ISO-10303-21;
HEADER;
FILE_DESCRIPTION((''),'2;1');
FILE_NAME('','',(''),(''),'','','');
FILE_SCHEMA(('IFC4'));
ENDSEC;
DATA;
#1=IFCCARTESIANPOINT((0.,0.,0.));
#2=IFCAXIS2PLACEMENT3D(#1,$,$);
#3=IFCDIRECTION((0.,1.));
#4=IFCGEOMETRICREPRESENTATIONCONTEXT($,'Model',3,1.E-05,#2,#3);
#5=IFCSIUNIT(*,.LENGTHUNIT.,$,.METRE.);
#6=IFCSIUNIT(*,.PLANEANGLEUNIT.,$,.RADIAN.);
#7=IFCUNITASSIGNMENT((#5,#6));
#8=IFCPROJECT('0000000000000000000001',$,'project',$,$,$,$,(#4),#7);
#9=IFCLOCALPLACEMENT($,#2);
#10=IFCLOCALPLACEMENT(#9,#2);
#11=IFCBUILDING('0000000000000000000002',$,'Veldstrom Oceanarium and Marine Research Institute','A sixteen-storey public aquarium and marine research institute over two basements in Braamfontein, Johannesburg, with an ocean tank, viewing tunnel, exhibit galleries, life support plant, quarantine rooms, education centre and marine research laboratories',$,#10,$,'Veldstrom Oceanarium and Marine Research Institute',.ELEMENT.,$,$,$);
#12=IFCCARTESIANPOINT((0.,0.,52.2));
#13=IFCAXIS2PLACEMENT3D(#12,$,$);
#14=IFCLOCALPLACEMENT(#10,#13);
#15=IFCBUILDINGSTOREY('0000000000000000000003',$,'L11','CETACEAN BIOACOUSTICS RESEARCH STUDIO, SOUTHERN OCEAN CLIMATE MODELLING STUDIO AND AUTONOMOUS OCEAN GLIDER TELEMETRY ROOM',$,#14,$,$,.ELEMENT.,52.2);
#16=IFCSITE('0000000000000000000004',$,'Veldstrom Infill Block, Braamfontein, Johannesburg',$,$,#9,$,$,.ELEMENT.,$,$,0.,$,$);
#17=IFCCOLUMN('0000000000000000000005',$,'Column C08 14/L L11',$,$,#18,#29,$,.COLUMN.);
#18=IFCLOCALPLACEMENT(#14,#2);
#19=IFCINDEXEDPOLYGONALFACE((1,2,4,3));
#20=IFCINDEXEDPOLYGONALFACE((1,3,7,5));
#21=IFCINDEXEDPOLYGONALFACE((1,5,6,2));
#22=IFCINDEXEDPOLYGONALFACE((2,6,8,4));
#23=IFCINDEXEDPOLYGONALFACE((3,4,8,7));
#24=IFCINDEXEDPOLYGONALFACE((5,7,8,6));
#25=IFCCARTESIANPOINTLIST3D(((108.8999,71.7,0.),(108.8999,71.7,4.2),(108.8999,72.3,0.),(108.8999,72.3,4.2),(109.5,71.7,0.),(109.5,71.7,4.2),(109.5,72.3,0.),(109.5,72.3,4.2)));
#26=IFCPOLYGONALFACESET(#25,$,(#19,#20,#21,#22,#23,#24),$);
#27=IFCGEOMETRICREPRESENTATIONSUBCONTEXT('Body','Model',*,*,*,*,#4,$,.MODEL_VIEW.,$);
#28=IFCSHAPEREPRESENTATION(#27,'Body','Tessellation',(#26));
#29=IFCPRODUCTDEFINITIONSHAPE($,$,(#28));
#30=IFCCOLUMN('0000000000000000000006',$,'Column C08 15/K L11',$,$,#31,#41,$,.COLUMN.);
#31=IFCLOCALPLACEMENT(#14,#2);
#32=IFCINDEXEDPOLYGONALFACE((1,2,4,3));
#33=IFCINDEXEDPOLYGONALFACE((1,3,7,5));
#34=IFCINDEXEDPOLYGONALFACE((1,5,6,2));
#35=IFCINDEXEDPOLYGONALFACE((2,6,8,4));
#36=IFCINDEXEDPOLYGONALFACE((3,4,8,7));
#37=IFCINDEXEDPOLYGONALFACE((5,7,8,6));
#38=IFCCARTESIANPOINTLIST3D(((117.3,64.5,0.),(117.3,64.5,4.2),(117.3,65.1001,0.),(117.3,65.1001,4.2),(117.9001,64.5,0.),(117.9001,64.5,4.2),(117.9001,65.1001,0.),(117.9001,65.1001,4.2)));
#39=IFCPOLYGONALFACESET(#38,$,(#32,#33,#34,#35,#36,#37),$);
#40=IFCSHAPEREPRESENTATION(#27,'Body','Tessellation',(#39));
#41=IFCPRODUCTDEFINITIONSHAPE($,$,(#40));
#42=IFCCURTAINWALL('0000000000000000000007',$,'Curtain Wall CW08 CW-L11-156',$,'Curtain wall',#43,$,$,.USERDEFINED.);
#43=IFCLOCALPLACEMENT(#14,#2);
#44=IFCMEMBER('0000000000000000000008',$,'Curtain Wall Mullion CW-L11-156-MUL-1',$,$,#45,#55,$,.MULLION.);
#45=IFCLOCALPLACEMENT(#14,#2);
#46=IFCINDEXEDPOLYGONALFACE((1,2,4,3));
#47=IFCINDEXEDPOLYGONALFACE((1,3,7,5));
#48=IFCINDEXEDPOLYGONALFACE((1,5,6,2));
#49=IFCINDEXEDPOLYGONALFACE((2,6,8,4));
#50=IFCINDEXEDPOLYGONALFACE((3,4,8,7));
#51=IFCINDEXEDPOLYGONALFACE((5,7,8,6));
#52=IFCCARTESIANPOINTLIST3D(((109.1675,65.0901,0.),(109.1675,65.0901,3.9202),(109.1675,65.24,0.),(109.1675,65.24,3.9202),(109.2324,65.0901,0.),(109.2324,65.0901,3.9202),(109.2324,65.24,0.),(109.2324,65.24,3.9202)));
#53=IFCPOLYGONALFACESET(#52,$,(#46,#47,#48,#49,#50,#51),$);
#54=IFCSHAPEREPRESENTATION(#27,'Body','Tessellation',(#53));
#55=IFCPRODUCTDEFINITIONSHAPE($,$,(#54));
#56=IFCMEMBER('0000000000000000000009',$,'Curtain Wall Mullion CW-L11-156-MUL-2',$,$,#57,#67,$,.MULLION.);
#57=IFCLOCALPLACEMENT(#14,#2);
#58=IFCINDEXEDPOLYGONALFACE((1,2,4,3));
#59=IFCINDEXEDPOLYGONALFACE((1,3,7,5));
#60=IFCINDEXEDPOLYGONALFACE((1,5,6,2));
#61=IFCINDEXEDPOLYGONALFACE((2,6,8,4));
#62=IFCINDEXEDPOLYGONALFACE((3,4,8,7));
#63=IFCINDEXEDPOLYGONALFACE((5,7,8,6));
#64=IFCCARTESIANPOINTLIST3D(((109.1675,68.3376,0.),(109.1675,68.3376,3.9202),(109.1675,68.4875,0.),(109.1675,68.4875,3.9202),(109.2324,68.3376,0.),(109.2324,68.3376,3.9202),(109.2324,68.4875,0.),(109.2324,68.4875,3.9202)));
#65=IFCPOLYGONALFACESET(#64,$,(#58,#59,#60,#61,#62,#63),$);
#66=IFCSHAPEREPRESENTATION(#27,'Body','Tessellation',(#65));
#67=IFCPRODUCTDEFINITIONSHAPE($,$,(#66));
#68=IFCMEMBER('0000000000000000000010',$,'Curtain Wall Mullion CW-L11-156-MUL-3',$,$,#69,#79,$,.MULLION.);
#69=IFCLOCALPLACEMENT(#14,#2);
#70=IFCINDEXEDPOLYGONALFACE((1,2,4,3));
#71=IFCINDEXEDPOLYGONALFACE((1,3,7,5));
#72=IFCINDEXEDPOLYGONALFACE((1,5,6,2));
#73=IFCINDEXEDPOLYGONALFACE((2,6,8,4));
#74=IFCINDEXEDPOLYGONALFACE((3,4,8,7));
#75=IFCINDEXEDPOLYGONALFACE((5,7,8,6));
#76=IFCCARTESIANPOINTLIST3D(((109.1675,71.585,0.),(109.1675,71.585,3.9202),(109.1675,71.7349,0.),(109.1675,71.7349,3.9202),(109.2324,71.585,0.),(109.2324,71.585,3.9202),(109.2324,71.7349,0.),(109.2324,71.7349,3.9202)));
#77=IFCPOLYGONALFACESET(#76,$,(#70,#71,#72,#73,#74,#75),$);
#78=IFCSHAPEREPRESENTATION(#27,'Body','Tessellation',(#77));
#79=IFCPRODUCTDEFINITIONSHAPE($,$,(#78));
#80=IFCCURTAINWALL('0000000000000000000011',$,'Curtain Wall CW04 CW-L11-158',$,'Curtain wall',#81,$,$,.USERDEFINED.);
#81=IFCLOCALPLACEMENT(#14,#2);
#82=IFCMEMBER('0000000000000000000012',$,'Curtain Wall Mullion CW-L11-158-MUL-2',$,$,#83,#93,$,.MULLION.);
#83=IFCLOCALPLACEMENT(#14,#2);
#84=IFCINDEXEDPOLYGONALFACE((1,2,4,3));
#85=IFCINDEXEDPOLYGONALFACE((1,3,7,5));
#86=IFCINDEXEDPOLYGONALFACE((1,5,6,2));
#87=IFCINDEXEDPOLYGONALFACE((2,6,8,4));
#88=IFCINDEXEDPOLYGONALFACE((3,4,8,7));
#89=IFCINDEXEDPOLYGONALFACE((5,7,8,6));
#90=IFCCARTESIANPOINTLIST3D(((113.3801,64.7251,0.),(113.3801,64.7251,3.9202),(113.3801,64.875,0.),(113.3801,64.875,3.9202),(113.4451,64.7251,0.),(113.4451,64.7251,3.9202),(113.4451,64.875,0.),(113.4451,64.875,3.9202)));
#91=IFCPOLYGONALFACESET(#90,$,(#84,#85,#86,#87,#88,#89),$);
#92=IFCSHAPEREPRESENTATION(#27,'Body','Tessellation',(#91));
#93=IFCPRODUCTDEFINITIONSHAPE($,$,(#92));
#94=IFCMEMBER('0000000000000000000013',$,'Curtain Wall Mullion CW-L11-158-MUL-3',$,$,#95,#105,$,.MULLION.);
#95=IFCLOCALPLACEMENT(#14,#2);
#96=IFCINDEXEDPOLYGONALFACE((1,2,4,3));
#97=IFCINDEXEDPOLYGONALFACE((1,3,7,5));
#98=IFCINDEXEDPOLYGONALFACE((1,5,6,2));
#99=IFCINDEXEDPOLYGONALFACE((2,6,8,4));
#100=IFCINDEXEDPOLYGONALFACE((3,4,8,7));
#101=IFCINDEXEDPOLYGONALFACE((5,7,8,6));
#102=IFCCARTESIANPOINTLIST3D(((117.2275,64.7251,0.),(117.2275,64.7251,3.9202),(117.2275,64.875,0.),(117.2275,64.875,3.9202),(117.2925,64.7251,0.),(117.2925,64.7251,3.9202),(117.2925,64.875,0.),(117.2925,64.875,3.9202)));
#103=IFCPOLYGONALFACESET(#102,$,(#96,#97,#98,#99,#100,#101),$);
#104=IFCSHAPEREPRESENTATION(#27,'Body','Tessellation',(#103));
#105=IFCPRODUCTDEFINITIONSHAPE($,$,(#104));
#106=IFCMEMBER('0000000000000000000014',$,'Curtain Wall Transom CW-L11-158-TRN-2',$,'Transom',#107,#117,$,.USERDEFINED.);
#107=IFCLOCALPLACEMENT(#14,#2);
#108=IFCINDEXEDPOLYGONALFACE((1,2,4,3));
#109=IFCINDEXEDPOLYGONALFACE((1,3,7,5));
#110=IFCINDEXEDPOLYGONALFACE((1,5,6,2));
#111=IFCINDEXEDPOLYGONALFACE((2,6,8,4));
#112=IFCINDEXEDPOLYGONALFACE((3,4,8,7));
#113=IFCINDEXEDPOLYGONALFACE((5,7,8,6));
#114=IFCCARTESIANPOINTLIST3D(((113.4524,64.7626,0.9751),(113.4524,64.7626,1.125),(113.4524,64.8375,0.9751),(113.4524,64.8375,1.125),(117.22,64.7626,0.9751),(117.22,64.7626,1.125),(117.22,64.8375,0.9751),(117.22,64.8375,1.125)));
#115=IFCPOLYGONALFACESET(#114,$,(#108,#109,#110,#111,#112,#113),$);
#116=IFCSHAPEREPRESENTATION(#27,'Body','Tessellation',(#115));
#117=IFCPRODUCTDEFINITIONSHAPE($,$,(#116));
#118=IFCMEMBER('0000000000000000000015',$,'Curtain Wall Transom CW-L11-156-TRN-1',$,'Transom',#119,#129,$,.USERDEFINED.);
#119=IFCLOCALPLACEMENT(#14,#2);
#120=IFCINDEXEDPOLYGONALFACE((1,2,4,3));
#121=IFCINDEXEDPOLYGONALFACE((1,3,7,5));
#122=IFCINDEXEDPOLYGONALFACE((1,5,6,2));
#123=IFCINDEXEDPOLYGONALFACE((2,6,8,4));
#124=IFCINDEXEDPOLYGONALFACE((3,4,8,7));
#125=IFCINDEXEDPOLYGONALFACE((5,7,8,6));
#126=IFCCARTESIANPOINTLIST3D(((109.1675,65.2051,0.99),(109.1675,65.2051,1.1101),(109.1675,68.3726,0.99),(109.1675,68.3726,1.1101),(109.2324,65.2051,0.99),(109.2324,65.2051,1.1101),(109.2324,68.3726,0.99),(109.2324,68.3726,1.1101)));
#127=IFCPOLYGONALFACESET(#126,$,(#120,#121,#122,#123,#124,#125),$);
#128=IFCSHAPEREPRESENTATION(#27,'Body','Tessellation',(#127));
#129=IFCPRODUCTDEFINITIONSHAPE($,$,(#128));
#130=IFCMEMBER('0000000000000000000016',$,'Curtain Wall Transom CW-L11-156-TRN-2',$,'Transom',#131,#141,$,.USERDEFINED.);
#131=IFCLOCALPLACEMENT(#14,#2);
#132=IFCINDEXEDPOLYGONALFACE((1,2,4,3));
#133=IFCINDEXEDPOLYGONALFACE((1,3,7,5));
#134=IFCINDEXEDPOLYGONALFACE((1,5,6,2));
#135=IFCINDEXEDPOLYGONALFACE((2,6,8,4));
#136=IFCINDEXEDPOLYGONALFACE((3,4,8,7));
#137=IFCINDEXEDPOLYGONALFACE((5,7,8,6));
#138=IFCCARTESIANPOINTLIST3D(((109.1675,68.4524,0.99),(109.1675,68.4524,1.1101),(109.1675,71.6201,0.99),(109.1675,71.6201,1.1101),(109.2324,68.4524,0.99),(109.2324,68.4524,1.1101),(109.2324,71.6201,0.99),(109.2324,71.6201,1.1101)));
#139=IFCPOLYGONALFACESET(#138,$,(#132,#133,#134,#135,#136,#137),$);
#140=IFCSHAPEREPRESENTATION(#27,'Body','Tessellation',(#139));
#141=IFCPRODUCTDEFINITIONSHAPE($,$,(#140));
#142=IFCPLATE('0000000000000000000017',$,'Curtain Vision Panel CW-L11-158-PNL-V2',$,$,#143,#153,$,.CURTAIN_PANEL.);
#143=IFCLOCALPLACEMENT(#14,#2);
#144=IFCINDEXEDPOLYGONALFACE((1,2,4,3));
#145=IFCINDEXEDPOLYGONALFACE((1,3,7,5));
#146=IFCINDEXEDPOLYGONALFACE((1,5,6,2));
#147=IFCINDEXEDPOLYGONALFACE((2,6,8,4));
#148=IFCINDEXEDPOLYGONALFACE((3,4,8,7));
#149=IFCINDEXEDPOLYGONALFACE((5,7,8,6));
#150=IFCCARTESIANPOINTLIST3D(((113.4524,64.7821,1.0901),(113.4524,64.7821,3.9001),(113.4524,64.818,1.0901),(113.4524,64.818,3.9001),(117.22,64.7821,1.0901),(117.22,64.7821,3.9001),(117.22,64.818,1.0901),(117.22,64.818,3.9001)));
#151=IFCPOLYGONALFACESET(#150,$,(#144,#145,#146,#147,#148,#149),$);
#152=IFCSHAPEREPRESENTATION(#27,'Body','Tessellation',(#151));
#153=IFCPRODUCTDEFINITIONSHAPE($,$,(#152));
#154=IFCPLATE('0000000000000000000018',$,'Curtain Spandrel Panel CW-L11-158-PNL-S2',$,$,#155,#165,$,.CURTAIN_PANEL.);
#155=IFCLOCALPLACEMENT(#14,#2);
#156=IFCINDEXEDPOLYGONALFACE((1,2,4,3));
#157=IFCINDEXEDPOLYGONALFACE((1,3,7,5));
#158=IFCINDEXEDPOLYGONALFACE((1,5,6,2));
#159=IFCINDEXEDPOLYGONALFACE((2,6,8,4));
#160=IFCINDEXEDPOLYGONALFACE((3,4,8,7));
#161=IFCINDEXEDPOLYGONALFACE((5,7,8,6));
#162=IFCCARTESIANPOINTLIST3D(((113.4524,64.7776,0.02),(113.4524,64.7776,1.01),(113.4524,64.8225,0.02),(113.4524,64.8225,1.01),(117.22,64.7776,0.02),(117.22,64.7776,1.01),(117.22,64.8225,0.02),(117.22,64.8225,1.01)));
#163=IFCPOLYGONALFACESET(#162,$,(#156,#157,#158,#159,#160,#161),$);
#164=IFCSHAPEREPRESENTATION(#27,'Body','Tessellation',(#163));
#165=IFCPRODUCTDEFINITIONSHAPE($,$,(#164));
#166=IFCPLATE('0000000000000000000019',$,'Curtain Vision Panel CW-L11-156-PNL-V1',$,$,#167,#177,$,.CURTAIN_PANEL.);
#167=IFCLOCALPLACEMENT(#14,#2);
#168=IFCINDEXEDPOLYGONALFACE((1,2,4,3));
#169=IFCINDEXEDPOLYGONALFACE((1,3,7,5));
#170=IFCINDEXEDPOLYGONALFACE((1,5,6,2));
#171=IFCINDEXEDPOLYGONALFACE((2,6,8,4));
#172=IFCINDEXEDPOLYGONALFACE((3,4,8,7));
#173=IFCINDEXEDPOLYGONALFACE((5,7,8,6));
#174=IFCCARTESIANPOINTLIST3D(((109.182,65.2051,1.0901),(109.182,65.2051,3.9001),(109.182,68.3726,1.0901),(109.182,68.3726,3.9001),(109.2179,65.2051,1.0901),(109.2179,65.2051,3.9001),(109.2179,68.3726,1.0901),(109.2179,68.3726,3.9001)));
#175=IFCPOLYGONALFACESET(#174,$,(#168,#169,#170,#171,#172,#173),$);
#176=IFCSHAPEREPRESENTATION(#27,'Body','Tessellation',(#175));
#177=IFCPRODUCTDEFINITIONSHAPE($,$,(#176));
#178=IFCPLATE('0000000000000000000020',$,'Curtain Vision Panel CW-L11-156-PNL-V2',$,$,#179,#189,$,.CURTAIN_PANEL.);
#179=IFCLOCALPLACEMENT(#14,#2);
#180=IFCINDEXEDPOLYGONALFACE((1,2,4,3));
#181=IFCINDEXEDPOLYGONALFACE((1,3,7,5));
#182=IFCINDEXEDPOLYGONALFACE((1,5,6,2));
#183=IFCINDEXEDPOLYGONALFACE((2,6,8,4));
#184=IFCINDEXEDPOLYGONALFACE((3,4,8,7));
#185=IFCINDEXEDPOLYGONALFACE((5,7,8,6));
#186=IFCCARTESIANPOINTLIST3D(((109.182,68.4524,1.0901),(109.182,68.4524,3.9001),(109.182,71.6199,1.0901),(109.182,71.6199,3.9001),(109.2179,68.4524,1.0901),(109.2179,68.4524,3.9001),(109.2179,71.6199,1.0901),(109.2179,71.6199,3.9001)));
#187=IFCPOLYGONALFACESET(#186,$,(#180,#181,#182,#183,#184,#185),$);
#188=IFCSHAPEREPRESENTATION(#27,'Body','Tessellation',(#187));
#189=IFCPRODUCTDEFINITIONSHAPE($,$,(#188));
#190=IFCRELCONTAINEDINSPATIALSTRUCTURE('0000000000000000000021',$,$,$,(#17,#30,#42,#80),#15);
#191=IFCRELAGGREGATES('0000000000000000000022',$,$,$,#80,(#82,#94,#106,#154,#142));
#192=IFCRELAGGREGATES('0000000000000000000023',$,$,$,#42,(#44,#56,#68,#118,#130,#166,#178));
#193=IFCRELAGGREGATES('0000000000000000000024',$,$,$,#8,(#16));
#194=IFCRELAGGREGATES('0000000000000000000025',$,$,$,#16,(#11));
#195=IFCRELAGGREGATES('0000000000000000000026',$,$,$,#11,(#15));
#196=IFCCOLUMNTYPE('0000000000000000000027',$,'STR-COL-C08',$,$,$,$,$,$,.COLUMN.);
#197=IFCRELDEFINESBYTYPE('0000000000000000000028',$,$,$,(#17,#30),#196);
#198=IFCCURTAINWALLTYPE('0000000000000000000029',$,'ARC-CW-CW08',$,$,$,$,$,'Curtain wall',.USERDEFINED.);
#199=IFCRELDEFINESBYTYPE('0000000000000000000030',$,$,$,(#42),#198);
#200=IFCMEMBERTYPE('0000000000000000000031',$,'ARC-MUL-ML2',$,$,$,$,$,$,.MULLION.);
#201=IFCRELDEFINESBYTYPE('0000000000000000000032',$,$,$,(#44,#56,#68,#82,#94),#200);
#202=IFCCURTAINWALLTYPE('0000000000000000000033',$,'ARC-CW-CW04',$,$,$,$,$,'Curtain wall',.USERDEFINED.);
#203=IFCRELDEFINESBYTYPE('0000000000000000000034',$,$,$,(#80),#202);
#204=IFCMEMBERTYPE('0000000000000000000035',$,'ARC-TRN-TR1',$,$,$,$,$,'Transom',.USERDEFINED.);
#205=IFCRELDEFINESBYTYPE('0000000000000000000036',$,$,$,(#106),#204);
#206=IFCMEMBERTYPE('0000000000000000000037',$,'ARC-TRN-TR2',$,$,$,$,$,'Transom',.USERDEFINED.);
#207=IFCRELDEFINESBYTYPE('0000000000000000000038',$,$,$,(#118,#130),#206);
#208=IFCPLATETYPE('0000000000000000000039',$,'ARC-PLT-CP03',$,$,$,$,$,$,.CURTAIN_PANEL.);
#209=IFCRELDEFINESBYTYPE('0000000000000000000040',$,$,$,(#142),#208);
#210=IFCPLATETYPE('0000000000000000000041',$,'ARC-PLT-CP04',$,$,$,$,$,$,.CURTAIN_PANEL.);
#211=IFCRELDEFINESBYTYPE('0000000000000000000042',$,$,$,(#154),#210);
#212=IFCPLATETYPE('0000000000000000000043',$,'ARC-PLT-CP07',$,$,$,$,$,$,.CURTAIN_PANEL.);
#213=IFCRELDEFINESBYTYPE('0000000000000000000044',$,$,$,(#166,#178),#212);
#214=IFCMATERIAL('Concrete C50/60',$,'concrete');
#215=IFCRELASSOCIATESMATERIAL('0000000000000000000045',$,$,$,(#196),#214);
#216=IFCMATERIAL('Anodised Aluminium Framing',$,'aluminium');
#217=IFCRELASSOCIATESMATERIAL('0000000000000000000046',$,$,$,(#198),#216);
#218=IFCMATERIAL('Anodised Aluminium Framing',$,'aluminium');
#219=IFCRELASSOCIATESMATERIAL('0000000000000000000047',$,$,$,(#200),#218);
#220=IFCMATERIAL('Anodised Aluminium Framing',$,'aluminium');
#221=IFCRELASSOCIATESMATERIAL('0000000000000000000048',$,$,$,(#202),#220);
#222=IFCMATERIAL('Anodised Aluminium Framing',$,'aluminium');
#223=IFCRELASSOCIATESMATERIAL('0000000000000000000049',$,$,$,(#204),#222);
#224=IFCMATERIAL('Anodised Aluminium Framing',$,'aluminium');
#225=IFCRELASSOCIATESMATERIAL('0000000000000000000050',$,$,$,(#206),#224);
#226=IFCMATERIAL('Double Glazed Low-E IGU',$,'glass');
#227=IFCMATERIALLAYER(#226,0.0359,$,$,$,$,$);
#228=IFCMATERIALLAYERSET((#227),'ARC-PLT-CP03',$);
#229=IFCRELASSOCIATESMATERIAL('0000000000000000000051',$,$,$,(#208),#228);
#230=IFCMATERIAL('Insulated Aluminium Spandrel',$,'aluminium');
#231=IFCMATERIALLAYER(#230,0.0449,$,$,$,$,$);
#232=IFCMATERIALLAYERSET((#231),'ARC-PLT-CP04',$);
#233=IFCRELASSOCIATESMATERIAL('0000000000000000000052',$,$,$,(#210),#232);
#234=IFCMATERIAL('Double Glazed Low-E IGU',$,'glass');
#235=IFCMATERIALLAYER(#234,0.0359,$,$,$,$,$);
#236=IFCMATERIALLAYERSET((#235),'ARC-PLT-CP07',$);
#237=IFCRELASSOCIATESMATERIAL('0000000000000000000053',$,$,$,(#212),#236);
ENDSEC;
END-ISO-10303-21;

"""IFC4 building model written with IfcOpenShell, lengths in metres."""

from ifc_helpers import new_model, si_unit, direction, frame, origin, origin_2d, place, context, subcontext, project, spatial, rectangle, extrude, material, layer, layer_set, material_profile, profile_set, type_object, element, aggregate, save


model = new_model("IFC4")

# Units and contexts
model_context = context("Model", 3, precision=1e-05, world=origin(), true_north=direction((0.0, 1.0)))
body_context = subcontext(model_context, "Body", "Model", "MODEL_VIEW")
ifc_project = project(units=[si_unit("LENGTHUNIT", "METRE"), si_unit("PLANEANGLEUNIT", "RADIAN")], contexts=[model_context])

# Site, building, storey
site_placement = place(None, origin())
site = spatial("IfcSite", under=ifc_project, at=site_placement, Name="Veldstrom Infill Block, Braamfontein, Johannesburg", CompositionType="ELEMENT", RefElevation=0.0)
building_placement = place(site_placement, origin())
building = spatial("IfcBuilding", under=site, at=building_placement, Name="Veldstrom Oceanarium and Marine Research Institute", Description="A sixteen-storey public aquarium and marine research institute over two basements in Braamfontein, Johannesburg, with an ocean tank, viewing tunnel, exhibit galleries, life support plant, quarantine rooms, education centre and marine research laboratories", LongName="Veldstrom Oceanarium and Marine Research Institute", CompositionType="ELEMENT")
storey_placement = place(building_placement, frame((0.0, 0.0, 52.2)))
storey = spatial("IfcBuildingStorey", under=building, at=storey_placement, Name="L11", Description="CETACEAN BIOACOUSTICS RESEARCH STUDIO, SOUTHERN OCEAN CLIMATE MODELLING STUDIO AND AUTONOMOUS OCEAN GLIDER TELEMETRY ROOM", CompositionType="ELEMENT", Elevation=52.2)

# Columns
ifc_material_1 = material(Name="Concrete C50/60", Category="concrete")
ifc_material_profile_1 = material_profile(ifc_material_1, rectangle(XDim=0.6001, YDim=0.6001, at=origin_2d()), Name="RC-COL-600x600")
ifc_profile_set_1 = profile_set([ifc_material_profile_1], Name="Concrete C50/60")
column_type = type_object("IfcColumnType", Name="STR-COL-C08", PredefinedType="COLUMN", material=ifc_profile_set_1)
for number, where, z_axis, x_axis, name in (
    (1, (109.2, 72.0, 0.0), (0.0, 0.0, 1.0), (1.0, 0.0, 0.0), "Column C08 14/L L11"),
    (2, (117.6001, 64.8, 0.0), (0.0, 0.0, 1.0), (1.0, 0.0, 0.0), "Column C08 15/K L11"),
):
    element("IfcColumn", number, at=place(storey_placement, frame(where, z_axis=z_axis, x_axis=x_axis)), inside=storey, type_object=column_type, Name=name, PredefinedType="COLUMN", context=body_context, shape_type="SweptSolid", body=[
        extrude(rectangle(XDim=0.6001, YDim=0.6001, at=origin_2d()), origin(), (0.0, 0.0, 1.0), 4.2),
    ])

# Curtain walls, members
ifc_material_2 = material(Name="Anodised Aluminium Framing", Category="aluminium")
curtain_wall_type_1 = type_object("IfcCurtainWallType", Name="ARC-CW-CW08", ElementType="Curtain wall", PredefinedType="USERDEFINED", material=ifc_material_2)
curtain_wall_1_placement = place(storey_placement, origin())
curtain_wall_1 = element("IfcCurtainWall", 3, at=curtain_wall_1_placement, inside=storey, type_object=curtain_wall_type_1, Name="Curtain Wall CW08 CW-L11-156", ObjectType="Curtain wall", PredefinedType="USERDEFINED")
ifc_material_3 = material(Name="Anodised Aluminium Framing", Category="aluminium")
ifc_material_profile_2 = material_profile(ifc_material_3, rectangle(XDim=0.0649, YDim=0.1499, at=origin_2d()), Name="ALU-MUL-65x150")
ifc_profile_set_2 = profile_set([ifc_material_profile_2], Name="Anodised Aluminium Framing")
member_type_1 = type_object("IfcMemberType", Name="ARC-MUL-ML2", PredefinedType="MULLION", material=ifc_profile_set_2)
member_1_placement = place(storey_placement, frame((109.2, 65.165, 0.0), z_axis=(0.0, 0.0, 1.0), x_axis=(1.0, 0.0, 0.0)))
member_1 = element("IfcMember", 4, at=member_1_placement, type_object=member_type_1, Name="Curtain Wall Mullion CW-L11-156-MUL-1", PredefinedType="MULLION", context=body_context, shape_type="SweptSolid", body=[
    extrude(rectangle(XDim=0.0649, YDim=0.1499, at=origin_2d()), origin(), (0.0, 0.0, 1.0), 3.9202),
])
member_2_placement = place(storey_placement, frame((109.2, 68.4126, 0.0), z_axis=(0.0, 0.0, 1.0), x_axis=(1.0, 0.0, 0.0)))
member_2 = element("IfcMember", 5, at=member_2_placement, type_object=member_type_1, Name="Curtain Wall Mullion CW-L11-156-MUL-2", PredefinedType="MULLION", context=body_context, shape_type="SweptSolid", body=[
    extrude(rectangle(XDim=0.0649, YDim=0.1499, at=origin_2d()), origin(), (0.0, 0.0, 1.0), 3.9202),
])
member_3_placement = place(storey_placement, frame((109.2, 71.6599, 0.0), z_axis=(0.0, 0.0, 1.0), x_axis=(1.0, 0.0, 0.0)))
member_3 = element("IfcMember", 6, at=member_3_placement, type_object=member_type_1, Name="Curtain Wall Mullion CW-L11-156-MUL-3", PredefinedType="MULLION", context=body_context, shape_type="SweptSolid", body=[
    extrude(rectangle(XDim=0.0649, YDim=0.1499, at=origin_2d()), origin(), (0.0, 0.0, 1.0), 3.9202),
])
ifc_material_4 = material(Name="Anodised Aluminium Framing", Category="aluminium")
curtain_wall_type_2 = type_object("IfcCurtainWallType", Name="ARC-CW-CW04", ElementType="Curtain wall", PredefinedType="USERDEFINED", material=ifc_material_4)
curtain_wall_2_placement = place(storey_placement, origin())
curtain_wall_2 = element("IfcCurtainWall", 7, at=curtain_wall_2_placement, inside=storey, type_object=curtain_wall_type_2, Name="Curtain Wall CW04 CW-L11-158", ObjectType="Curtain wall", PredefinedType="USERDEFINED")
member_4_placement = place(storey_placement, frame((113.4126, 64.8, 0.0), z_axis=(0.0, 0.0, 1.0), x_axis=(1.0, 0.0, 0.0)))
member_4 = element("IfcMember", 8, at=member_4_placement, type_object=member_type_1, Name="Curtain Wall Mullion CW-L11-158-MUL-2", PredefinedType="MULLION", context=body_context, shape_type="SweptSolid", body=[
    extrude(rectangle(XDim=0.0649, YDim=0.1499, at=origin_2d()), origin(), (0.0, 0.0, 1.0), 3.9202),
])
member_5_placement = place(storey_placement, frame((117.26, 64.8, 0.0), z_axis=(0.0, 0.0, 1.0), x_axis=(1.0, 0.0, 0.0)))
member_5 = element("IfcMember", 9, at=member_5_placement, type_object=member_type_1, Name="Curtain Wall Mullion CW-L11-158-MUL-3", PredefinedType="MULLION", context=body_context, shape_type="SweptSolid", body=[
    extrude(rectangle(XDim=0.0649, YDim=0.1499, at=origin_2d()), origin(), (0.0, 0.0, 1.0), 3.9202),
])
ifc_material_5 = material(Name="Anodised Aluminium Framing", Category="aluminium")
ifc_material_profile_3 = material_profile(ifc_material_5, rectangle(XDim=0.075, YDim=0.1499, at=origin_2d()), Name="ALU-TRN-75x150")
ifc_profile_set_3 = profile_set([ifc_material_profile_3], Name="Anodised Aluminium Framing")
member_type_2 = type_object("IfcMemberType", Name="ARC-TRN-TR1", ElementType="Transom", PredefinedType="USERDEFINED", material=ifc_profile_set_3)
member_6_placement = place(storey_placement, frame((113.4524, 64.8, 1.05), z_axis=(1.0, 0.0, 0.0), x_axis=(0.0, 1.0, 0.0)))
member_6 = element("IfcMember", 10, at=member_6_placement, type_object=member_type_2, Name="Curtain Wall Transom CW-L11-158-TRN-2", ObjectType="Transom", PredefinedType="USERDEFINED", context=body_context, shape_type="SweptSolid", body=[
    extrude(rectangle(XDim=0.075, YDim=0.1499, at=origin_2d()), origin(), (0.0, 0.0, 1.0), 3.7676),
])

# Members
ifc_material_6 = material(Name="Anodised Aluminium Framing", Category="aluminium")
ifc_material_profile_4 = material_profile(ifc_material_6, rectangle(XDim=0.0649, YDim=0.1201, at=origin_2d()), Name="ALU-TRN-65x120")
ifc_profile_set_4 = profile_set([ifc_material_profile_4], Name="Anodised Aluminium Framing")
member_type_3 = type_object("IfcMemberType", Name="ARC-TRN-TR2", ElementType="Transom", PredefinedType="USERDEFINED", material=ifc_profile_set_4)
member_7_placement = place(storey_placement, frame((109.2, 65.2051, 1.05), z_axis=(0.0, 1.0, 0.0), x_axis=(-1.0, 0.0, 0.0)))
member_7 = element("IfcMember", 11, at=member_7_placement, type_object=member_type_3, Name="Curtain Wall Transom CW-L11-156-TRN-1", ObjectType="Transom", PredefinedType="USERDEFINED", context=body_context, shape_type="SweptSolid", body=[
    extrude(rectangle(XDim=0.0649, YDim=0.1201, at=origin_2d()), origin(), (0.0, 0.0, 1.0), 3.1675),
])
member_8_placement = place(storey_placement, frame((109.2, 68.4524, 1.05), z_axis=(0.0, 1.0, 0.0), x_axis=(-1.0, 0.0, 0.0)))
member_8 = element("IfcMember", 12, at=member_8_placement, type_object=member_type_3, Name="Curtain Wall Transom CW-L11-156-TRN-2", ObjectType="Transom", PredefinedType="USERDEFINED", context=body_context, shape_type="SweptSolid", body=[
    extrude(rectangle(XDim=0.0649, YDim=0.1201, at=origin_2d()), origin(), (0.0, 0.0, 1.0), 3.1677),
])

# Plates
ifc_material_7 = material(Name="Double Glazed Low-E IGU", Category="glass")
ifc_layer_1 = layer(ifc_material_7, 0.0359)
ifc_layer_set_1 = layer_set([ifc_layer_1], Name="ARC-PLT-CP03")
plate_type_1 = type_object("IfcPlateType", Name="ARC-PLT-CP03", PredefinedType="CURTAIN_PANEL", material=ifc_layer_set_1)
plate_1_placement = place(storey_placement, frame((115.3362, 64.8, 1.0901), z_axis=(0.0, 0.0, 1.0), x_axis=(1.0, 0.0, 0.0)))
plate_1 = element("IfcPlate", 13, at=plate_1_placement, type_object=plate_type_1, Name="Curtain Vision Panel CW-L11-158-PNL-V2", PredefinedType="CURTAIN_PANEL", context=body_context, shape_type="SweptSolid", body=[
    extrude(rectangle(XDim=3.7676, YDim=0.0359, at=origin_2d()), origin(), (0.0, 0.0, 1.0), 2.8101),
])
ifc_material_8 = material(Name="Insulated Aluminium Spandrel", Category="aluminium")
ifc_layer_2 = layer(ifc_material_8, 0.0449)
ifc_layer_set_2 = layer_set([ifc_layer_2], Name="ARC-PLT-CP04")
plate_type_2 = type_object("IfcPlateType", Name="ARC-PLT-CP04", PredefinedType="CURTAIN_PANEL", material=ifc_layer_set_2)
plate_2_placement = place(storey_placement, frame((115.3362, 64.8, 0.02), z_axis=(0.0, 0.0, 1.0), x_axis=(1.0, 0.0, 0.0)))
plate_2 = element("IfcPlate", 14, at=plate_2_placement, type_object=plate_type_2, Name="Curtain Spandrel Panel CW-L11-158-PNL-S2", PredefinedType="CURTAIN_PANEL", context=body_context, shape_type="SweptSolid", body=[
    extrude(rectangle(XDim=3.7676, YDim=0.0449, at=origin_2d()), origin(), (0.0, 0.0, 1.0), 0.99),
])
aggregate(curtain_wall_2, [member_4, member_5, member_6, plate_2, plate_1])
ifc_material_9 = material(Name="Double Glazed Low-E IGU", Category="glass")
ifc_layer_3 = layer(ifc_material_9, 0.0359)
ifc_layer_set_3 = layer_set([ifc_layer_3], Name="ARC-PLT-CP07")
plate_type_3 = type_object("IfcPlateType", Name="ARC-PLT-CP07", PredefinedType="CURTAIN_PANEL", material=ifc_layer_set_3)
plate_3_placement = place(storey_placement, frame((109.2, 66.7888, 1.0901), z_axis=(0.0, 0.0, 1.0), x_axis=(0.0, 1.0, 0.0)))
plate_3 = element("IfcPlate", 15, at=plate_3_placement, type_object=plate_type_3, Name="Curtain Vision Panel CW-L11-156-PNL-V1", PredefinedType="CURTAIN_PANEL", context=body_context, shape_type="SweptSolid", body=[
    extrude(rectangle(XDim=3.1675, YDim=0.0359, at=origin_2d()), origin(), (0.0, 0.0, 1.0), 2.8101),
])
plate_4_placement = place(storey_placement, frame((109.2, 70.0361, 1.0901), z_axis=(0.0, 0.0, 1.0), x_axis=(0.0, 1.0, 0.0)))
plate_4 = element("IfcPlate", 16, at=plate_4_placement, type_object=plate_type_3, Name="Curtain Vision Panel CW-L11-156-PNL-V2", PredefinedType="CURTAIN_PANEL", context=body_context, shape_type="SweptSolid", body=[
    extrude(rectangle(XDim=3.1675, YDim=0.0359, at=origin_2d()), origin(), (0.0, 0.0, 1.0), 2.8101),
])
aggregate(curtain_wall_1, [member_1, member_2, member_3, member_7, member_8, plate_3, plate_4])

save(model, "model.ifc")
